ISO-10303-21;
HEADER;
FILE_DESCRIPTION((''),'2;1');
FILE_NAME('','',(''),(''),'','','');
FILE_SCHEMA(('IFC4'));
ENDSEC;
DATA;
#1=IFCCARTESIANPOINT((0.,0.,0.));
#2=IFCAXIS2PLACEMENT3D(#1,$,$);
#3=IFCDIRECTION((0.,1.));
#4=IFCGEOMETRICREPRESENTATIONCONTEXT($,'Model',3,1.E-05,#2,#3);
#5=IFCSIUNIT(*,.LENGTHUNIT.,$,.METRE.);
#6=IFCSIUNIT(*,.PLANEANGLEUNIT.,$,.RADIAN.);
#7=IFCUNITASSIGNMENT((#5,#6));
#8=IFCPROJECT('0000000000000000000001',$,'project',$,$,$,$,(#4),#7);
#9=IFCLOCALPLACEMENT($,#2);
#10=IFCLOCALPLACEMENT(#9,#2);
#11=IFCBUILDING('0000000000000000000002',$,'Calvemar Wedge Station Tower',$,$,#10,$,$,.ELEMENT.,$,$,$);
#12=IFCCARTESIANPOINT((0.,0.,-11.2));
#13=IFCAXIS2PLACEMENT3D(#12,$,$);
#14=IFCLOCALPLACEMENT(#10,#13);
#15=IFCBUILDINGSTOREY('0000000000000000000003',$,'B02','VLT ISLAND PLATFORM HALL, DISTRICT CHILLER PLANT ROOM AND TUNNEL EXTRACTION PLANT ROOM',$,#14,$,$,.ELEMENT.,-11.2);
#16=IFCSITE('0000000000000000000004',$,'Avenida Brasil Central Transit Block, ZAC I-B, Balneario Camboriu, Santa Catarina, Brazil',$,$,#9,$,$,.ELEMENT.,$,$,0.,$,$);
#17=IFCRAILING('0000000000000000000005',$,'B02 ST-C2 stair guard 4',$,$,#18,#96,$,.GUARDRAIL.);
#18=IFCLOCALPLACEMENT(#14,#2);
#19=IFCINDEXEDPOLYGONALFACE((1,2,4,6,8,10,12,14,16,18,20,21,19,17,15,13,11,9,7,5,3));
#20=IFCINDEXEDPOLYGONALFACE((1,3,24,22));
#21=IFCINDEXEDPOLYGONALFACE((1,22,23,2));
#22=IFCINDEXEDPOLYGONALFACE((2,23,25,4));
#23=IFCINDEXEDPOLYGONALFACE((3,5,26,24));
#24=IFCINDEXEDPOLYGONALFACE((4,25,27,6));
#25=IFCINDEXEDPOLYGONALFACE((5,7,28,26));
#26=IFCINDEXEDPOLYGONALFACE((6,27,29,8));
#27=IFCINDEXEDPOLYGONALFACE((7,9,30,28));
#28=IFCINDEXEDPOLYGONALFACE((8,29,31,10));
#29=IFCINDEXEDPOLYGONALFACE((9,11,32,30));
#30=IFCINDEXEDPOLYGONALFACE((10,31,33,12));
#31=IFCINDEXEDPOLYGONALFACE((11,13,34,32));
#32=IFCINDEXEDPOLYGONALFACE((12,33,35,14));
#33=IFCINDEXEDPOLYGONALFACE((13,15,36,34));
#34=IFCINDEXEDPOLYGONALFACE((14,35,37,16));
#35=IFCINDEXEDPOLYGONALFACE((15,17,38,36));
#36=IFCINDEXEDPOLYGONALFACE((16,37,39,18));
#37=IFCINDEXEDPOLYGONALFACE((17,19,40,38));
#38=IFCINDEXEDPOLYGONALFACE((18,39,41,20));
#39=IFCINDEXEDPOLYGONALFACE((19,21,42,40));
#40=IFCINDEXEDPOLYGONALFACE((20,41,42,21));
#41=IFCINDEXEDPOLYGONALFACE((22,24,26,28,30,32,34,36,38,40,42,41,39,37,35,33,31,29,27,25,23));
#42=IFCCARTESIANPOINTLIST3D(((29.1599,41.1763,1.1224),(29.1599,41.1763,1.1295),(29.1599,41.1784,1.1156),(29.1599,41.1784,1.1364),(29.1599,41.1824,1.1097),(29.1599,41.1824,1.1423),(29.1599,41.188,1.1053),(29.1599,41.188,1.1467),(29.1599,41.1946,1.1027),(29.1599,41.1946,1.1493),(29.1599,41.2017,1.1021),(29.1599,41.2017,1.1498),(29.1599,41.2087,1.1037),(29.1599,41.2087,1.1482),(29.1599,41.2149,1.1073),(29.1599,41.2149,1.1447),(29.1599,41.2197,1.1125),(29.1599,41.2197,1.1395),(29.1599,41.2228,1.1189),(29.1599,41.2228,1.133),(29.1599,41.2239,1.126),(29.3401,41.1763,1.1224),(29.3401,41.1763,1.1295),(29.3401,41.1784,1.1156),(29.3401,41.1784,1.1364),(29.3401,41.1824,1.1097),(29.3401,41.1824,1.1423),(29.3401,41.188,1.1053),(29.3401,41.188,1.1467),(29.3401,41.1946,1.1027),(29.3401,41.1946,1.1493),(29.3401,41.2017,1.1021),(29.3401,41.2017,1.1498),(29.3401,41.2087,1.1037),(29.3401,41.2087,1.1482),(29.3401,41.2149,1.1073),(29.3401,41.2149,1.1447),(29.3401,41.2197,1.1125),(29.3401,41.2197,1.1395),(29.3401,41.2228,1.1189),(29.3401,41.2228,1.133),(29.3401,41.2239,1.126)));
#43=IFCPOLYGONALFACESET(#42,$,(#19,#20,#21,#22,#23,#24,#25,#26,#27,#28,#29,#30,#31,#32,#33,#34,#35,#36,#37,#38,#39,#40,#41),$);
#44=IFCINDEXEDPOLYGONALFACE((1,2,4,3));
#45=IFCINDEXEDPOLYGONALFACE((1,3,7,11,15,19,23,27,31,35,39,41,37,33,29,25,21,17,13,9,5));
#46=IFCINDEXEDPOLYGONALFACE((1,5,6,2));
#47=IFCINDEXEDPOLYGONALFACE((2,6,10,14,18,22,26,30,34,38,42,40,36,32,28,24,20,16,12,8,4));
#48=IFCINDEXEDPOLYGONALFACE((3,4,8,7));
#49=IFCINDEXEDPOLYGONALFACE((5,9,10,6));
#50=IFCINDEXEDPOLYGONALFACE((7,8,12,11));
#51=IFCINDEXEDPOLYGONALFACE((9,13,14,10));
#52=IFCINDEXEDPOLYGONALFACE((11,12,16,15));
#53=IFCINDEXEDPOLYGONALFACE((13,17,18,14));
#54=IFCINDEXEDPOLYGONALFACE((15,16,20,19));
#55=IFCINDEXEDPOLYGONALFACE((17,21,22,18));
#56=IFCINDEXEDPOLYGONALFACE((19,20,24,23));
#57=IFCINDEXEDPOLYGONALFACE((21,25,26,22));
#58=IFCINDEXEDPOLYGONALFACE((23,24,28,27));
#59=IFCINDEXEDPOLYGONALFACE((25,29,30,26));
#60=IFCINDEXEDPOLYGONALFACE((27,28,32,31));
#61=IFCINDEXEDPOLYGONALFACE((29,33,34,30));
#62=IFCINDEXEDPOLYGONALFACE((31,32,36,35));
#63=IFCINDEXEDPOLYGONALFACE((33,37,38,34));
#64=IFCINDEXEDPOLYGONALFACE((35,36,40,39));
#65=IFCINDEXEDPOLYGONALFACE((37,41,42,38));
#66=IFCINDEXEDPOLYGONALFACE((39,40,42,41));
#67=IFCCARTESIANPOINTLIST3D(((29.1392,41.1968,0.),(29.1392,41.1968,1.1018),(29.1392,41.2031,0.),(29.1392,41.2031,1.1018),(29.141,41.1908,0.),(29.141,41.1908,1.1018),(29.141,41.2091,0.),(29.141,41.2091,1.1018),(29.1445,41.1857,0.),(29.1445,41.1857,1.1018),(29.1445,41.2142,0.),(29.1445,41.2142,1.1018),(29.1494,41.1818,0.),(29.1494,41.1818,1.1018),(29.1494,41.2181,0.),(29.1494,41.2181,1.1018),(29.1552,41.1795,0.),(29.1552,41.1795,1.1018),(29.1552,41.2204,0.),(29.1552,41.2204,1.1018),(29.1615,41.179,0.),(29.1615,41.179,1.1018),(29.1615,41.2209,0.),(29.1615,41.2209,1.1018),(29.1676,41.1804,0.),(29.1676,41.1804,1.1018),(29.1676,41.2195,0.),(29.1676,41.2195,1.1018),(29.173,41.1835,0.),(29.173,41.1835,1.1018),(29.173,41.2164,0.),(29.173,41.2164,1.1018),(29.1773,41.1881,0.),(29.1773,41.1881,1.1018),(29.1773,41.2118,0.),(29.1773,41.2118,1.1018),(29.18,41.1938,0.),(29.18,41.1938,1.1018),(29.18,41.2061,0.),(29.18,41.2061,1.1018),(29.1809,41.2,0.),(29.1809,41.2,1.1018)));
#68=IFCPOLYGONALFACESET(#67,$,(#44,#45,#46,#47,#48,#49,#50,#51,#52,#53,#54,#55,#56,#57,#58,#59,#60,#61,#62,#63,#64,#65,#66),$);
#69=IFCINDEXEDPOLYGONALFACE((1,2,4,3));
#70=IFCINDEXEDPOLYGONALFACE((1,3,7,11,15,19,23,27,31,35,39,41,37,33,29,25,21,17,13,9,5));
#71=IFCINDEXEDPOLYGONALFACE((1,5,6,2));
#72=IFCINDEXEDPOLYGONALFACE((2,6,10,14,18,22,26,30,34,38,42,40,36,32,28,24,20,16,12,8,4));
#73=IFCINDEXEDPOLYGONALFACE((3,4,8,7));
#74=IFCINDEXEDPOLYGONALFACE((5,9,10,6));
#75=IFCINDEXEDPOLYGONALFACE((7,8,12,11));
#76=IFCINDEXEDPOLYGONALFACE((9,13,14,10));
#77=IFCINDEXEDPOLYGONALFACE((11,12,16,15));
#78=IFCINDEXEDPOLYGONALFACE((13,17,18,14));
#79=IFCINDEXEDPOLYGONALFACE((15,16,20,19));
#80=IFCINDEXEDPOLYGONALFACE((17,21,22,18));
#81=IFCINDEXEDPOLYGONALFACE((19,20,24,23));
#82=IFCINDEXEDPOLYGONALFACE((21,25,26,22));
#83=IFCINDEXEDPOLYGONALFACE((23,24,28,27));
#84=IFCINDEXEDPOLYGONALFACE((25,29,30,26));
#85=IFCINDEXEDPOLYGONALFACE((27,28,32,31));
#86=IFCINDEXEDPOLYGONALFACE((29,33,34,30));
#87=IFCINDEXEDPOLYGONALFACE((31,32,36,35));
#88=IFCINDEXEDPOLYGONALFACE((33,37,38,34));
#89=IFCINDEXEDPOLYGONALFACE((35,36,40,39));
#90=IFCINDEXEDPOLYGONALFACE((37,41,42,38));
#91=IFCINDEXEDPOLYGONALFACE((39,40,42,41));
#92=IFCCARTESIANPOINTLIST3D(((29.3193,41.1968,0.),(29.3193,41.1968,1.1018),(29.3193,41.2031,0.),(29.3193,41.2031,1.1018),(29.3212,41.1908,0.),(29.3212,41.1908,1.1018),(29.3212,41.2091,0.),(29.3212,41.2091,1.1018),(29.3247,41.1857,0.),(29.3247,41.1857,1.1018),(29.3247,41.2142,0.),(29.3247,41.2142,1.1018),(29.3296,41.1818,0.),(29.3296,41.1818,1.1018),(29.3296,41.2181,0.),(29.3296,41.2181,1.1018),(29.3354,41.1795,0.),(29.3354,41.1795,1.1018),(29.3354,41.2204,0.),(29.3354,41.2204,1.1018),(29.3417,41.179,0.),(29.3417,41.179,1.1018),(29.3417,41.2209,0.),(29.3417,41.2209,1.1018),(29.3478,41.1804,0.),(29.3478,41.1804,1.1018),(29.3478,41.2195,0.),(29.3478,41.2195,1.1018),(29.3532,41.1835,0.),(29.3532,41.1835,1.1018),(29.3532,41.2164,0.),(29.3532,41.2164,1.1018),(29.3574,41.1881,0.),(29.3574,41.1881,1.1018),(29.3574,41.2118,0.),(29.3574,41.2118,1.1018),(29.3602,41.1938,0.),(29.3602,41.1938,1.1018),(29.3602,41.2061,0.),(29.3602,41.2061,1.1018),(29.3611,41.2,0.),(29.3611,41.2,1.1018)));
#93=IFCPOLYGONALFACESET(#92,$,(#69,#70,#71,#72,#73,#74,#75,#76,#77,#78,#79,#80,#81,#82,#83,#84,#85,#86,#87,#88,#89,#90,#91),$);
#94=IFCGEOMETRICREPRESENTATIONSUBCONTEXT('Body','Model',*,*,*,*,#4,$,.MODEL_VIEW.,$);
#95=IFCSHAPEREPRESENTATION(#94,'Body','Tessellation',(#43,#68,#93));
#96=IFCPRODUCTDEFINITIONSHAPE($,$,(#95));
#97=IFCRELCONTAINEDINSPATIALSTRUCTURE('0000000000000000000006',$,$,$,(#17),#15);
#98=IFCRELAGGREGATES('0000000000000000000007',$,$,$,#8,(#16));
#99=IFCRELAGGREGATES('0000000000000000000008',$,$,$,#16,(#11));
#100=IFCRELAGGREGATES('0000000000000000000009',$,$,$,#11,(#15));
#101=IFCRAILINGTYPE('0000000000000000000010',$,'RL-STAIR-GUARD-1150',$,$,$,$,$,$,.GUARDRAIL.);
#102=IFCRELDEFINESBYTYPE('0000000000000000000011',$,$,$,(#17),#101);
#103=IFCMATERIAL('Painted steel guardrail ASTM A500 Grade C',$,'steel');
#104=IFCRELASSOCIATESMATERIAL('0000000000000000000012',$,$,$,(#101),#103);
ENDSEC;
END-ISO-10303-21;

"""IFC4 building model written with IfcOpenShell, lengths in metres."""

from ifc_helpers import new_model, si_unit, direction, frame, origin, origin_2d, place, context, subcontext, project, spatial, circle, extrude, material, type_object, element, save


model = new_model("IFC4")

# Units and contexts
model_context = context("Model", 3, precision=1e-05, world=origin(), true_north=direction((0.0, 1.0)))
body_context = subcontext(model_context, "Body", "Model", "MODEL_VIEW")
ifc_project = project(units=[si_unit("LENGTHUNIT", "METRE"), si_unit("PLANEANGLEUNIT", "RADIAN")], contexts=[model_context])

# Site, building, storey
site_placement = place(None, origin())
site = spatial("IfcSite", under=ifc_project, at=site_placement, Name="Avenida Brasil Central Transit Block, ZAC I-B, Balneario Camboriu, Santa Catarina, Brazil", CompositionType="ELEMENT", RefElevation=0.0)
building_placement = place(site_placement, origin())
building = spatial("IfcBuilding", under=site, at=building_placement, Name="Calvemar Wedge Station Tower", CompositionType="ELEMENT")
storey_placement = place(building_placement, frame((0.0, 0.0, -11.2)))
storey = spatial("IfcBuildingStorey", under=building, at=storey_placement, Name="B02", Description="VLT ISLAND PLATFORM HALL, DISTRICT CHILLER PLANT ROOM AND TUNNEL EXTRACTION PLANT ROOM", CompositionType="ELEMENT", Elevation=-11.2)

# Railing
ifc_material_1 = material(Name="Painted steel guardrail ASTM A500 Grade C", Category="steel")
railing_type_1 = type_object("IfcRailingType", Name="RL-STAIR-GUARD-1150", PredefinedType="GUARDRAIL", material=ifc_material_1)
railing_1_placement = place(storey_placement, frame((29.1599, 41.2, 0.0)))
element("IfcRailing", 1, at=railing_1_placement, inside=storey, type_object=railing_type_1, Name="B02 ST-C2 stair guard 4", PredefinedType="GUARDRAIL", context=body_context, shape_type="SweptSolid", body=[
    extrude(circle(Radius=0.0239, at=origin_2d()), frame((0.0, 0.0, 1.126), z_axis=(1.0, 0.0, 0.0), x_axis=(0.0, 1.0, 0.0)), (0.0, 0.0, 1.0), 0.1802),
    extrude(circle(Radius=0.021, at=origin_2d()), origin(), (0.0, 0.0, 1.0), 1.1018),
    extrude(circle(Radius=0.021, at=origin_2d()), frame((0.1802, 0.0, 0.0)), (0.0, 0.0, 1.0), 1.1018),
])

save(model, "model.ifc")
